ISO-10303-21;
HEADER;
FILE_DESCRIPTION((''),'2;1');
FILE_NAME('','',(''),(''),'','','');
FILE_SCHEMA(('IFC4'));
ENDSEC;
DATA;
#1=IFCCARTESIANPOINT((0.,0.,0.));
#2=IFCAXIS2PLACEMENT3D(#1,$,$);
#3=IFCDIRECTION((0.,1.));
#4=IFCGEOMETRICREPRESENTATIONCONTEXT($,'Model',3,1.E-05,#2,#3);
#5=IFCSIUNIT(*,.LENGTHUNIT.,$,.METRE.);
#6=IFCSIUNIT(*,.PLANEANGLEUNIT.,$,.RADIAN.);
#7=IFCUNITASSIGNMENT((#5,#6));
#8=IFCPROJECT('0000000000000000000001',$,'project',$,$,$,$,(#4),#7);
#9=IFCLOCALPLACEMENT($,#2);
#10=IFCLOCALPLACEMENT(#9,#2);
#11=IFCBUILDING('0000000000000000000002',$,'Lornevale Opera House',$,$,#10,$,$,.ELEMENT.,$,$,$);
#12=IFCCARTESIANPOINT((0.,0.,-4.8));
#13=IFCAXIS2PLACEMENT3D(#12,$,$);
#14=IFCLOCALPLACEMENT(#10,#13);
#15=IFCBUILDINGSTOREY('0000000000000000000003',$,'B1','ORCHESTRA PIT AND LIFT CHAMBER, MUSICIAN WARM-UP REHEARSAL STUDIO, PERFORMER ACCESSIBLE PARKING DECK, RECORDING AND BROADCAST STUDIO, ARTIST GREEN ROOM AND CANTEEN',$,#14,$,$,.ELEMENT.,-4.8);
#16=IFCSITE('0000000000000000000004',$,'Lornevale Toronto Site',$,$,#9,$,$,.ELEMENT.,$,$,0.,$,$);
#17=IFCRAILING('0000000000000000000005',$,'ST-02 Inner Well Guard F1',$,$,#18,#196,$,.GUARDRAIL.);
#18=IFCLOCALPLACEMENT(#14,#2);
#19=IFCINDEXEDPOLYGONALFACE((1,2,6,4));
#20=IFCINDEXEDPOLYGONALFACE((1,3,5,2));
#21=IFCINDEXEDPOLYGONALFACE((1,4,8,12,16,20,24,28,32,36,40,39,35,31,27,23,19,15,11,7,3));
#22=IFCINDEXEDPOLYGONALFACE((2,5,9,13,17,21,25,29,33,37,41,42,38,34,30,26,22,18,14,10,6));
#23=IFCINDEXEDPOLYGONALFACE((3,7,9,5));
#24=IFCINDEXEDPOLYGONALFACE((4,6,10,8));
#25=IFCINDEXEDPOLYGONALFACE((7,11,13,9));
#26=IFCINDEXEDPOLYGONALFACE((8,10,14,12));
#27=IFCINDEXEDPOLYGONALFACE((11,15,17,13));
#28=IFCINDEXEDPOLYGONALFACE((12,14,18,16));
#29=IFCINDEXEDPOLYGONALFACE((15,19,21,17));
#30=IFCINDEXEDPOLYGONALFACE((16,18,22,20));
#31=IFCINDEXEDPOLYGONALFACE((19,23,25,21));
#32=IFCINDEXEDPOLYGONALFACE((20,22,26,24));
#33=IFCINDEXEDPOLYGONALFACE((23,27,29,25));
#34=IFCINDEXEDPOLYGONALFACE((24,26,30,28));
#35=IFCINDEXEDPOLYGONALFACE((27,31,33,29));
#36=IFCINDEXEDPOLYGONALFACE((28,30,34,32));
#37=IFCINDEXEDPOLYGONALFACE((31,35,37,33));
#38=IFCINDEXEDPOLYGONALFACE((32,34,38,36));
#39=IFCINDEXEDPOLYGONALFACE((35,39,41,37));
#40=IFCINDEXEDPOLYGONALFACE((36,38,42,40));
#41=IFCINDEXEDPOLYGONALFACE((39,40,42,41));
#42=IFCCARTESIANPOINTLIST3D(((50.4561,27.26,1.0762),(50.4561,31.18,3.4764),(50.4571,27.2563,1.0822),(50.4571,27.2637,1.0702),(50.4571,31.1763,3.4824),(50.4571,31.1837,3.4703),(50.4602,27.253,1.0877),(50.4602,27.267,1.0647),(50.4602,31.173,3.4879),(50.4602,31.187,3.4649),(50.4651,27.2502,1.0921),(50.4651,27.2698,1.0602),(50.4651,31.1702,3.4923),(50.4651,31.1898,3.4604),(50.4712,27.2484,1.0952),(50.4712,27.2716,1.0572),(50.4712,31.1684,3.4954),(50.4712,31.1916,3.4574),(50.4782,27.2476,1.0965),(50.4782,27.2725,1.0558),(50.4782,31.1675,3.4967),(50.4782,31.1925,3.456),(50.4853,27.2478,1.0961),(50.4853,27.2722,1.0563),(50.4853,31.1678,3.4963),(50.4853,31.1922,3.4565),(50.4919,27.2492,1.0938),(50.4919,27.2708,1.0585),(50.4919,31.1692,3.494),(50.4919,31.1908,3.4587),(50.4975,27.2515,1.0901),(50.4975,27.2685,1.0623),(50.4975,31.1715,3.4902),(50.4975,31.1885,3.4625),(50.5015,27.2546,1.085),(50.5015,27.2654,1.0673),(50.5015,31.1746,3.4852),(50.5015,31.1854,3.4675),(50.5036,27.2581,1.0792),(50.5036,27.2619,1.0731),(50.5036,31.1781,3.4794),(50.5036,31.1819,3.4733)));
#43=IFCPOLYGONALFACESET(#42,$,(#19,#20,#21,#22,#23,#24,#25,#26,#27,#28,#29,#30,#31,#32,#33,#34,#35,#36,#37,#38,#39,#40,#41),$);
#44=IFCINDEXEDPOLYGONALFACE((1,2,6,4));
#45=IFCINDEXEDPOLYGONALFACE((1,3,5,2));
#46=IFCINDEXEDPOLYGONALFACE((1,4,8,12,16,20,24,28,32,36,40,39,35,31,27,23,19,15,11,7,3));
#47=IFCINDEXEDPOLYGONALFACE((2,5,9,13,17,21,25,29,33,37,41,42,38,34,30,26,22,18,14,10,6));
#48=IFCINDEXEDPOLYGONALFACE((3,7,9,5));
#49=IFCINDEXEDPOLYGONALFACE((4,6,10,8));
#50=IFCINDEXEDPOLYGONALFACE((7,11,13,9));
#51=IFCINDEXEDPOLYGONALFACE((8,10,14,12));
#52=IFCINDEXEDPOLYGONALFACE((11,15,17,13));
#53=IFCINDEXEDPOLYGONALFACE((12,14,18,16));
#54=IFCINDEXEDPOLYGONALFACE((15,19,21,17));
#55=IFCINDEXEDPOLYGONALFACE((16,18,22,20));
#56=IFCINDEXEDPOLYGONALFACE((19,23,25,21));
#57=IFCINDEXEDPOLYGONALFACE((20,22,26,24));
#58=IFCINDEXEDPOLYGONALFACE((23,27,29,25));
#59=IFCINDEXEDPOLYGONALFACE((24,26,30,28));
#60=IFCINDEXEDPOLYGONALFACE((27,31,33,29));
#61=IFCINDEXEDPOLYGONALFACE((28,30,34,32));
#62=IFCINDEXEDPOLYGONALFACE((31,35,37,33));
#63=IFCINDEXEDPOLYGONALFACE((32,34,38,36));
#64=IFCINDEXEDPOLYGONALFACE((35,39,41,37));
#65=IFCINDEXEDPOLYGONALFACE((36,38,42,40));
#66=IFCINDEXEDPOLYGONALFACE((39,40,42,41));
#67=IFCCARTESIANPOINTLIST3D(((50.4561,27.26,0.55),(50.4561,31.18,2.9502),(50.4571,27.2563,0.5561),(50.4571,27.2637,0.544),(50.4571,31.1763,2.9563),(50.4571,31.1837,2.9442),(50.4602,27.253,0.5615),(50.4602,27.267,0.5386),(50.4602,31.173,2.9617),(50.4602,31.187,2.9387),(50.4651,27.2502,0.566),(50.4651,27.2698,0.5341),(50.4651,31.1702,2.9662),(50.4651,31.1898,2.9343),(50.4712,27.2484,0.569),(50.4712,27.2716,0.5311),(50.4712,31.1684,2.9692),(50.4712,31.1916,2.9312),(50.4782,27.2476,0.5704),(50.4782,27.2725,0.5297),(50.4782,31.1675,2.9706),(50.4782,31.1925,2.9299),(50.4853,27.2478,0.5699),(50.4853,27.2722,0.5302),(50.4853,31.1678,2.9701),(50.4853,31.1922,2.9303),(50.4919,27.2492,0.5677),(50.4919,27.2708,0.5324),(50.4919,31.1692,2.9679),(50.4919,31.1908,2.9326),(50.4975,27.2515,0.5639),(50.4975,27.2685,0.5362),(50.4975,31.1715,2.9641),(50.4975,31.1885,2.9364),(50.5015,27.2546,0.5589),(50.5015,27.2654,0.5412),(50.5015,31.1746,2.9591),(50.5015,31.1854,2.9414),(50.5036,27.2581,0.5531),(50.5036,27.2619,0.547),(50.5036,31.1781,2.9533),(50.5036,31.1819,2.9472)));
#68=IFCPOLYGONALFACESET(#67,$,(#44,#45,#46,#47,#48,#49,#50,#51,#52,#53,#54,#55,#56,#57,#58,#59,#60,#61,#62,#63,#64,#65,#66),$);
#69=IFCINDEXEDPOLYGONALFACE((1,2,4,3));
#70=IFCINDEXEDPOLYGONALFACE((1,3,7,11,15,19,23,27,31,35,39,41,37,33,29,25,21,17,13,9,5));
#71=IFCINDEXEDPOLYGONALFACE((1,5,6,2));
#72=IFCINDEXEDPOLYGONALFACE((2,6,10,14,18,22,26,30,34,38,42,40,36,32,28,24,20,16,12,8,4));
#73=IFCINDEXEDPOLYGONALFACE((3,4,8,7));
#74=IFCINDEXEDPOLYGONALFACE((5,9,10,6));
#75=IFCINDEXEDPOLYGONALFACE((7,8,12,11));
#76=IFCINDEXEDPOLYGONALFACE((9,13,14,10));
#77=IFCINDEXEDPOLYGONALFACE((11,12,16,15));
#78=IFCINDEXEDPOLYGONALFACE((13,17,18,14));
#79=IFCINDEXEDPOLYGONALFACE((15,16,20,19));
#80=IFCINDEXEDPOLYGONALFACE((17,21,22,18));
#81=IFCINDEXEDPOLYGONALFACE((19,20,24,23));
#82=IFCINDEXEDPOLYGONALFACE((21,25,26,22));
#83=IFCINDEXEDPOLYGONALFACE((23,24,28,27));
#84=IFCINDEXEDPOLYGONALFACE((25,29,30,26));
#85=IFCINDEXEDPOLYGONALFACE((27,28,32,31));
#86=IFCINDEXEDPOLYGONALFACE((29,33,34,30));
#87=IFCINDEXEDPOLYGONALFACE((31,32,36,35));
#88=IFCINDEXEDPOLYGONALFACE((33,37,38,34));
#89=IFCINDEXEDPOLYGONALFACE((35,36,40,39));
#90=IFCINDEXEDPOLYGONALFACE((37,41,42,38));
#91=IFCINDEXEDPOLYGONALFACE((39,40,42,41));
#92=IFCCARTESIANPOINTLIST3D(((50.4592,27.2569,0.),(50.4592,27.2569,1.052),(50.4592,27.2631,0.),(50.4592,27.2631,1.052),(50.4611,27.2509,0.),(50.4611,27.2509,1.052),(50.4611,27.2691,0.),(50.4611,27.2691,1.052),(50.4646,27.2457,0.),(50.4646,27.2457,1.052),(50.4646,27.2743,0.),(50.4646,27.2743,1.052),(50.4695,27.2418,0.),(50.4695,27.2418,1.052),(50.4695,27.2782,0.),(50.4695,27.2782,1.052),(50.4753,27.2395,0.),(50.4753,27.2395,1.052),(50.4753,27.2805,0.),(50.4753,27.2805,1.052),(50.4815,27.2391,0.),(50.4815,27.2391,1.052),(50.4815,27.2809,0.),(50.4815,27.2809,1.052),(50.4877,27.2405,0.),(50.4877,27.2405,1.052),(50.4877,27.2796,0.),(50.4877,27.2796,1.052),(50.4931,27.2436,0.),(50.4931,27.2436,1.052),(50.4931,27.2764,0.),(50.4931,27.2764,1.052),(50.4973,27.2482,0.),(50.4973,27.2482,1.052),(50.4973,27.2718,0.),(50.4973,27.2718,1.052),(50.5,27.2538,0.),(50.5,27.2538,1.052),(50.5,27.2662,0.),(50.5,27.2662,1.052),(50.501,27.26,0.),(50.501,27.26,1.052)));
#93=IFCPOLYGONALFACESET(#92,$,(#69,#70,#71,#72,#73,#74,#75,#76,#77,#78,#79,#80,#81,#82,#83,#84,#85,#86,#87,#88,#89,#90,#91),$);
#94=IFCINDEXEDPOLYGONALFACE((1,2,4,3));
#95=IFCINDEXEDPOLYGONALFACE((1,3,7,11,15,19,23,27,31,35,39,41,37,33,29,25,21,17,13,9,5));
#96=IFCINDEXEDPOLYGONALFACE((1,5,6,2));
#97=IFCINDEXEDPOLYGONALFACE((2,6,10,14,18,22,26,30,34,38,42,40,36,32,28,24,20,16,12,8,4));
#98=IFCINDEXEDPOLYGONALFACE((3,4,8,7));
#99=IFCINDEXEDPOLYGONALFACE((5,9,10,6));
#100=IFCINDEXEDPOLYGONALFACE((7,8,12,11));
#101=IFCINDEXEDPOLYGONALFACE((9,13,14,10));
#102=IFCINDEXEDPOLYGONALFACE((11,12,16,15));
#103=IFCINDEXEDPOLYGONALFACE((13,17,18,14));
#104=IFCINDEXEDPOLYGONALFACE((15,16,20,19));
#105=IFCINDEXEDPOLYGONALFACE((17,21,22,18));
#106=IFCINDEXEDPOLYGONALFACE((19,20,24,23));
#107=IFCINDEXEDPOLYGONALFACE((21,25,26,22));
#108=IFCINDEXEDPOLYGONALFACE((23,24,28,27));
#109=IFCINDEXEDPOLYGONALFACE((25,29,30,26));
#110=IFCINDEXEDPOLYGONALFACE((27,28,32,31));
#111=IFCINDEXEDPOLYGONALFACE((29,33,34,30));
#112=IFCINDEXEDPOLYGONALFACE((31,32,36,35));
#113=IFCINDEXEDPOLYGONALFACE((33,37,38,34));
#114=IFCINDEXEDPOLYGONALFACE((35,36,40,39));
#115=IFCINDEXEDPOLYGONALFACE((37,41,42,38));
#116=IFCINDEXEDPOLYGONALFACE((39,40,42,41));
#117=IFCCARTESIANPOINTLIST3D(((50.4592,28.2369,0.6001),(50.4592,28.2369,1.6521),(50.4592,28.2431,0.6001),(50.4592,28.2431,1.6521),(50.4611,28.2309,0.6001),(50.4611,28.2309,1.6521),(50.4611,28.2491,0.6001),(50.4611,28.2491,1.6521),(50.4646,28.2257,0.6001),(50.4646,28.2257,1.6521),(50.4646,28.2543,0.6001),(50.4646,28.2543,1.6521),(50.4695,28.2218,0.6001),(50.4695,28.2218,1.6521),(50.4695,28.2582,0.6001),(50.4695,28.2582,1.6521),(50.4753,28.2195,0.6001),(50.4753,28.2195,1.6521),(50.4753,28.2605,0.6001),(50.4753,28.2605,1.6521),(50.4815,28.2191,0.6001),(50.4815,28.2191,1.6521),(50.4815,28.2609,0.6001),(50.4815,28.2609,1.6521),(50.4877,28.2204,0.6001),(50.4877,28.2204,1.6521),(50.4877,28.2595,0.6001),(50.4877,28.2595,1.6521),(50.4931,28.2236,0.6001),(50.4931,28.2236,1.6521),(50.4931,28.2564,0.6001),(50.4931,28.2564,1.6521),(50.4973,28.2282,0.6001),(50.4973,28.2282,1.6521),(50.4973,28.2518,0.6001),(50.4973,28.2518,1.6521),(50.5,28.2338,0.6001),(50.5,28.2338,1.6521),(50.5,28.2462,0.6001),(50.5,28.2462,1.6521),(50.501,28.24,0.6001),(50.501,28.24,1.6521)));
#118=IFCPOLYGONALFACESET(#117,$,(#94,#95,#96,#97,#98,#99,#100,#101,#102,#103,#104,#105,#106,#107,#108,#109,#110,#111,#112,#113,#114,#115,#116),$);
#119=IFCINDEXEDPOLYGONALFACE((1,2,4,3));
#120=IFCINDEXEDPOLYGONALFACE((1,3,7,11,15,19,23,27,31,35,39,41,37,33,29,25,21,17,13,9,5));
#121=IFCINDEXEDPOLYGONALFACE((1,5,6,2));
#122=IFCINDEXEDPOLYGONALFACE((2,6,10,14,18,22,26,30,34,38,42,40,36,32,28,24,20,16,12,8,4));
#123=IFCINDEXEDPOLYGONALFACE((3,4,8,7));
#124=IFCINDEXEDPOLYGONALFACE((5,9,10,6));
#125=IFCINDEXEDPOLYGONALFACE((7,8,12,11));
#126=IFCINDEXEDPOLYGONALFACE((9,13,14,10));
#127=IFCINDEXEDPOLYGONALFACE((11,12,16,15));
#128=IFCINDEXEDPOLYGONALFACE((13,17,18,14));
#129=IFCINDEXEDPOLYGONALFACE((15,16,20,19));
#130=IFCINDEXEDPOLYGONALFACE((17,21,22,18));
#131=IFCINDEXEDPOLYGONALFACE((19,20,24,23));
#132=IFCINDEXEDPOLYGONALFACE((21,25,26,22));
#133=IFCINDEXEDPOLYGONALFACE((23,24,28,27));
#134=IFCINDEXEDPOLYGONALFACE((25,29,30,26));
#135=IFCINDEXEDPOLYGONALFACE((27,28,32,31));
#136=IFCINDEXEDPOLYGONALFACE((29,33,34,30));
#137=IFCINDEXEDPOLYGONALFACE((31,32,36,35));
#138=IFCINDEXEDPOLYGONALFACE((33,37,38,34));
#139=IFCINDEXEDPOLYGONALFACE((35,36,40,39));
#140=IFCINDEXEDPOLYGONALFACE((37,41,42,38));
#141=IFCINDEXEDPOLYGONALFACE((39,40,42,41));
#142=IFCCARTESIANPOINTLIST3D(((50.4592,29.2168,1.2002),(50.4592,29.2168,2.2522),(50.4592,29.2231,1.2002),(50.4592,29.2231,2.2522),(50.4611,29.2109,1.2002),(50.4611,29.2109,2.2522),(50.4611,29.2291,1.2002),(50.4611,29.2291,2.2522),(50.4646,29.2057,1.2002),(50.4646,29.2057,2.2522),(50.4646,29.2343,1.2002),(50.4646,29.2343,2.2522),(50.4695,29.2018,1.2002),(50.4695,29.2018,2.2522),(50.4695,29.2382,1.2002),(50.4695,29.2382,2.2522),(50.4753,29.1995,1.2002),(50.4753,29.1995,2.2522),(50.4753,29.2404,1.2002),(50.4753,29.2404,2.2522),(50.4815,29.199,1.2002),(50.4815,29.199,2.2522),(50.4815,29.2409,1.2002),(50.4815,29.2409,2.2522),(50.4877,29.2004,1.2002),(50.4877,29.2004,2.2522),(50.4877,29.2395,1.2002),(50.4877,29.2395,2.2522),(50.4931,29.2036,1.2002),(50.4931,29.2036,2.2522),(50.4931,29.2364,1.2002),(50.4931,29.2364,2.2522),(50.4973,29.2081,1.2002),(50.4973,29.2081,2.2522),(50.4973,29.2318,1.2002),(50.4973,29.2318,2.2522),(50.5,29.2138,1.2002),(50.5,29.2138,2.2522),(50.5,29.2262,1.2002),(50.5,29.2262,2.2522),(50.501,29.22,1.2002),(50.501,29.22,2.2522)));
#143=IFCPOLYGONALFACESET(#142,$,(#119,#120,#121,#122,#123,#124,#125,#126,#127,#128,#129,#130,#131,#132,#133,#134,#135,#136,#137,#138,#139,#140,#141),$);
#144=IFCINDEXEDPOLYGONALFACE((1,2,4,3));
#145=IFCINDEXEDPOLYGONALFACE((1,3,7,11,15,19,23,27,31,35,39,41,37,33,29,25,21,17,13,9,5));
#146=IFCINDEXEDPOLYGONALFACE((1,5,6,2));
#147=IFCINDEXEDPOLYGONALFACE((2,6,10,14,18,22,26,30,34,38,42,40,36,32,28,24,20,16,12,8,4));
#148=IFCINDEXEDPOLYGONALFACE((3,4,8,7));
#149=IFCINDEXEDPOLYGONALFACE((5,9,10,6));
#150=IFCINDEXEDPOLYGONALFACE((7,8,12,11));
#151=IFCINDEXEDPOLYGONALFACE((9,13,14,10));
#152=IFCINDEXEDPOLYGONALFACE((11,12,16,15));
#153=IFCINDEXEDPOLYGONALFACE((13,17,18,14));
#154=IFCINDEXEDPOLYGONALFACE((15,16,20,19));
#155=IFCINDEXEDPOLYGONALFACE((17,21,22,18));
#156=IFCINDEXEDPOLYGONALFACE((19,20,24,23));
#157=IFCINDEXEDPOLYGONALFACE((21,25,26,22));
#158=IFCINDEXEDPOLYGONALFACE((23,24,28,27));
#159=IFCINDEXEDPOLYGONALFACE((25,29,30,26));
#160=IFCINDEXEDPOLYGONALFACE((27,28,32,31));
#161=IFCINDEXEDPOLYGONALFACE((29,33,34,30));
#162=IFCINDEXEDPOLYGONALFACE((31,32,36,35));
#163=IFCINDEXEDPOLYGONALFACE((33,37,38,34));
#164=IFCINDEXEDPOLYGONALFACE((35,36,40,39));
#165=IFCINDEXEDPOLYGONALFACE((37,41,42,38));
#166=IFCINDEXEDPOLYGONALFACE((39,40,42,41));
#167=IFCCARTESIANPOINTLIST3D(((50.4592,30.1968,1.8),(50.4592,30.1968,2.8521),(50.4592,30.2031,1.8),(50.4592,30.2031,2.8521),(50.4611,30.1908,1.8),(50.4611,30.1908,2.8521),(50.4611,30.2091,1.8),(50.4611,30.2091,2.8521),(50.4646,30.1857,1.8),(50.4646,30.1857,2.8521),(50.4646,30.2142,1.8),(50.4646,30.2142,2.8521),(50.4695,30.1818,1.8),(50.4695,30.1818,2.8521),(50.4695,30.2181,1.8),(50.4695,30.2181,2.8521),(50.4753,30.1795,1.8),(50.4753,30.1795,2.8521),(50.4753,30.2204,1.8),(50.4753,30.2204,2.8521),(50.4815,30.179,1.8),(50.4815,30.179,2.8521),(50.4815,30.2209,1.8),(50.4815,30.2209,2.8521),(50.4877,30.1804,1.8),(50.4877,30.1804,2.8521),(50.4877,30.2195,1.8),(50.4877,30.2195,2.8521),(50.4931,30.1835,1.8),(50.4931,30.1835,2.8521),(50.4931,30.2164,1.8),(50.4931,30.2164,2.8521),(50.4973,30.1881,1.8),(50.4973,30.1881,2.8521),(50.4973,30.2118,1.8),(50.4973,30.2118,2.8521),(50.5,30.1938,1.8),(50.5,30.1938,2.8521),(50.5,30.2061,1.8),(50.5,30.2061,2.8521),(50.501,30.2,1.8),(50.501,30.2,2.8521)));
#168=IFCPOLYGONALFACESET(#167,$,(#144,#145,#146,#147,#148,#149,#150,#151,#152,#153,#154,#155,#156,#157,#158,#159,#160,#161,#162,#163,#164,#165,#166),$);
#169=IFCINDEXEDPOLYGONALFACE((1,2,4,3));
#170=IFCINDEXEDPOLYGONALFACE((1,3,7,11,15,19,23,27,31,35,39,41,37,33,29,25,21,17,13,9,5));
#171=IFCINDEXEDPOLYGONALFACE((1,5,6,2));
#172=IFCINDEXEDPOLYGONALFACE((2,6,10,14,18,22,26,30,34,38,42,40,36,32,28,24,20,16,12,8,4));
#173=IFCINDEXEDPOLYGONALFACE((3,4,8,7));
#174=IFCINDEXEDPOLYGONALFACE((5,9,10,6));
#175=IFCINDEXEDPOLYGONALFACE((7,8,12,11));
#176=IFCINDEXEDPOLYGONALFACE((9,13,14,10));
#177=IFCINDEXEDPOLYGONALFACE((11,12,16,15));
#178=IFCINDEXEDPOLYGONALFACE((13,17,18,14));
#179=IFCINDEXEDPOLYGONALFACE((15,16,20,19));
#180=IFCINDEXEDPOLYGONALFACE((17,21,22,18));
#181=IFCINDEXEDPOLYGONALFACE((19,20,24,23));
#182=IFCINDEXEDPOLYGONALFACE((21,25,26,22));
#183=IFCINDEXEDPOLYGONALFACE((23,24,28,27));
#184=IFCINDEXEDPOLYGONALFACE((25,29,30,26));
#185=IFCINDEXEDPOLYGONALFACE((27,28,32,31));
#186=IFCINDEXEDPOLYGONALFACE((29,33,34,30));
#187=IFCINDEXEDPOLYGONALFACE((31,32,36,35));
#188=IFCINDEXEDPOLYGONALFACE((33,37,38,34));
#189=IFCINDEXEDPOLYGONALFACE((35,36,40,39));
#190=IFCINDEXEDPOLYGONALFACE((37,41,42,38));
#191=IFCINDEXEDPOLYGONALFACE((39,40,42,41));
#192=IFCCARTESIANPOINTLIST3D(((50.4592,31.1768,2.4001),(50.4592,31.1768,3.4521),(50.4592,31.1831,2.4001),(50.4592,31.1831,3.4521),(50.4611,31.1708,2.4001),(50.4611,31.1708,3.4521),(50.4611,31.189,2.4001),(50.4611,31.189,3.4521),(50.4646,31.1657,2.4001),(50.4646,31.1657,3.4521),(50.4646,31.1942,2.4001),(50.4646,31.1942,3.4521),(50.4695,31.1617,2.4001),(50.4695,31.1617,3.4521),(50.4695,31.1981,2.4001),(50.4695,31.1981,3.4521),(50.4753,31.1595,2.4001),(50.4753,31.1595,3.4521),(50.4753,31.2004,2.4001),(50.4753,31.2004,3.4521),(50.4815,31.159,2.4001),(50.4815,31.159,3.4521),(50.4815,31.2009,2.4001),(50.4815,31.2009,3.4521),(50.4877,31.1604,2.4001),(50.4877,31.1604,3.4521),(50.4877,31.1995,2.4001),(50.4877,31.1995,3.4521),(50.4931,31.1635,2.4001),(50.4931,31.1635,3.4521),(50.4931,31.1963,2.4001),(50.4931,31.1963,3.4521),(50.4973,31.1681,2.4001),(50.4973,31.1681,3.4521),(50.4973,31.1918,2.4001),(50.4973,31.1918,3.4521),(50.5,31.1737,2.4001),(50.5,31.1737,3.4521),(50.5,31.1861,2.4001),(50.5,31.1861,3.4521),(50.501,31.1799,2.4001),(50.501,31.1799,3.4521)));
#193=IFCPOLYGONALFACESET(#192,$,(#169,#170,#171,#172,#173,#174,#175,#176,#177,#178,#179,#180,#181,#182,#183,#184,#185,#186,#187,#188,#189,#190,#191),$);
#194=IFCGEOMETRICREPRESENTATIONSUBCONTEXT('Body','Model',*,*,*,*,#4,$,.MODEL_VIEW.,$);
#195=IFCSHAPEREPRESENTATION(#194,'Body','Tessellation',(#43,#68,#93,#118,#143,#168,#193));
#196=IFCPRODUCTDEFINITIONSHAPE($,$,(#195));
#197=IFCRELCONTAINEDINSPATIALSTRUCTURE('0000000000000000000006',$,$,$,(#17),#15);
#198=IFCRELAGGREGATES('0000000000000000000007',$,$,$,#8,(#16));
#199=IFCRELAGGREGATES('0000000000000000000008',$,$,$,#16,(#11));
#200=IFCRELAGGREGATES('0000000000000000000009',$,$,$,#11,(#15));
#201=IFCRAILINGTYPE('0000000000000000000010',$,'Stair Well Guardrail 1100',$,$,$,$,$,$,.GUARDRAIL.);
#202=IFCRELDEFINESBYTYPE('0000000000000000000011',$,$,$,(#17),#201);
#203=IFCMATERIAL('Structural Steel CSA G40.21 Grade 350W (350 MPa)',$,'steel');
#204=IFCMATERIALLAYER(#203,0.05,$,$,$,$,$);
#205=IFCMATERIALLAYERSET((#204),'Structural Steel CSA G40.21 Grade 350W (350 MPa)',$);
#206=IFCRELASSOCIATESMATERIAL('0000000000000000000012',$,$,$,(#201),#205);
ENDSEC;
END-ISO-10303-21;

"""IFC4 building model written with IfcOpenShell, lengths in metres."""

from ifc_helpers import new_model, si_unit, direction, frame, origin, origin_2d, place, context, subcontext, project, spatial, circle, extrude, material, layer, layer_set, type_object, element, save


model = new_model("IFC4")

# Units and contexts
model_context = context("Model", 3, precision=1e-05, world=origin(), true_north=direction((0.0, 1.0)))
body_context = subcontext(model_context, "Body", "Model", "MODEL_VIEW")
ifc_project = project(units=[si_unit("LENGTHUNIT", "METRE"), si_unit("PLANEANGLEUNIT", "RADIAN")], contexts=[model_context])

# Site, building, storey
site_placement = place(None, origin())
site = spatial("IfcSite", under=ifc_project, at=site_placement, Name="Lornevale Toronto Site", CompositionType="ELEMENT", RefElevation=0.0)
building_placement = place(site_placement, origin())
building = spatial("IfcBuilding", under=site, at=building_placement, Name="Lornevale Opera House", CompositionType="ELEMENT")
storey_placement = place(building_placement, frame((0.0, 0.0, -4.8)))
storey = spatial("IfcBuildingStorey", under=building, at=storey_placement, Name="B1", Description="ORCHESTRA PIT AND LIFT CHAMBER, MUSICIAN WARM-UP REHEARSAL STUDIO, PERFORMER ACCESSIBLE PARKING DECK, RECORDING AND BROADCAST STUDIO, ARTIST GREEN ROOM AND CANTEEN", CompositionType="ELEMENT", Elevation=-4.8)

# Railing
ifc_material_1 = material(Name="Structural Steel CSA G40.21 Grade 350W (350 MPa)", Category="steel")
ifc_layer_1 = layer(ifc_material_1, 0.05)
ifc_layer_set_1 = layer_set([ifc_layer_1], Name="Structural Steel CSA G40.21 Grade 350W (350 MPa)")
railing_type_1 = type_object("IfcRailingType", Name="Stair Well Guardrail 1100", PredefinedType="GUARDRAIL", material=ifc_layer_set_1)
railing_1_placement = place(storey_placement, frame((50.48, 27.26, 0.0)))
element("IfcRailing", 1, at=railing_1_placement, inside=storey, type_object=railing_type_1, Name="ST-02 Inner Well Guard F1", PredefinedType="GUARDRAIL", context=body_context, shape_type="SweptSolid", body=[
    extrude(circle(Radius=0.0239, at=origin_2d()), frame((0.0, 0.0, 1.0762), z_axis=(0.0, 0.852832, 0.522185), x_axis=(-1.0, 0.0, 0.0)), (0.0, 0.0, 1.0), 4.5964),
    extrude(circle(Radius=0.0239, at=origin_2d()), frame((0.0, 0.0, 0.55), z_axis=(0.0, 0.852832, 0.522185), x_axis=(-1.0, 0.0, 0.0)), (0.0, 0.0, 1.0), 4.5964),
    extrude(circle(Radius=0.021, at=origin_2d()), origin(), (0.0, 0.0, 1.0), 1.052),
    extrude(circle(Radius=0.021, at=origin_2d()), frame((0.0, 0.98, 0.6001)), (0.0, 0.0, 1.0), 1.052),
    extrude(circle(Radius=0.021, at=origin_2d()), frame((0.0, 1.96, 1.2002)), (0.0, 0.0, 1.0), 1.052),
    extrude(circle(Radius=0.021, at=origin_2d()), frame((0.0, 2.9399, 1.8)), (0.0, 0.0, 1.0), 1.052),
    extrude(circle(Radius=0.021, at=origin_2d()), frame((0.0, 3.9199, 2.4001)), (0.0, 0.0, 1.0), 1.052),
])

save(model, "model.ifc")
